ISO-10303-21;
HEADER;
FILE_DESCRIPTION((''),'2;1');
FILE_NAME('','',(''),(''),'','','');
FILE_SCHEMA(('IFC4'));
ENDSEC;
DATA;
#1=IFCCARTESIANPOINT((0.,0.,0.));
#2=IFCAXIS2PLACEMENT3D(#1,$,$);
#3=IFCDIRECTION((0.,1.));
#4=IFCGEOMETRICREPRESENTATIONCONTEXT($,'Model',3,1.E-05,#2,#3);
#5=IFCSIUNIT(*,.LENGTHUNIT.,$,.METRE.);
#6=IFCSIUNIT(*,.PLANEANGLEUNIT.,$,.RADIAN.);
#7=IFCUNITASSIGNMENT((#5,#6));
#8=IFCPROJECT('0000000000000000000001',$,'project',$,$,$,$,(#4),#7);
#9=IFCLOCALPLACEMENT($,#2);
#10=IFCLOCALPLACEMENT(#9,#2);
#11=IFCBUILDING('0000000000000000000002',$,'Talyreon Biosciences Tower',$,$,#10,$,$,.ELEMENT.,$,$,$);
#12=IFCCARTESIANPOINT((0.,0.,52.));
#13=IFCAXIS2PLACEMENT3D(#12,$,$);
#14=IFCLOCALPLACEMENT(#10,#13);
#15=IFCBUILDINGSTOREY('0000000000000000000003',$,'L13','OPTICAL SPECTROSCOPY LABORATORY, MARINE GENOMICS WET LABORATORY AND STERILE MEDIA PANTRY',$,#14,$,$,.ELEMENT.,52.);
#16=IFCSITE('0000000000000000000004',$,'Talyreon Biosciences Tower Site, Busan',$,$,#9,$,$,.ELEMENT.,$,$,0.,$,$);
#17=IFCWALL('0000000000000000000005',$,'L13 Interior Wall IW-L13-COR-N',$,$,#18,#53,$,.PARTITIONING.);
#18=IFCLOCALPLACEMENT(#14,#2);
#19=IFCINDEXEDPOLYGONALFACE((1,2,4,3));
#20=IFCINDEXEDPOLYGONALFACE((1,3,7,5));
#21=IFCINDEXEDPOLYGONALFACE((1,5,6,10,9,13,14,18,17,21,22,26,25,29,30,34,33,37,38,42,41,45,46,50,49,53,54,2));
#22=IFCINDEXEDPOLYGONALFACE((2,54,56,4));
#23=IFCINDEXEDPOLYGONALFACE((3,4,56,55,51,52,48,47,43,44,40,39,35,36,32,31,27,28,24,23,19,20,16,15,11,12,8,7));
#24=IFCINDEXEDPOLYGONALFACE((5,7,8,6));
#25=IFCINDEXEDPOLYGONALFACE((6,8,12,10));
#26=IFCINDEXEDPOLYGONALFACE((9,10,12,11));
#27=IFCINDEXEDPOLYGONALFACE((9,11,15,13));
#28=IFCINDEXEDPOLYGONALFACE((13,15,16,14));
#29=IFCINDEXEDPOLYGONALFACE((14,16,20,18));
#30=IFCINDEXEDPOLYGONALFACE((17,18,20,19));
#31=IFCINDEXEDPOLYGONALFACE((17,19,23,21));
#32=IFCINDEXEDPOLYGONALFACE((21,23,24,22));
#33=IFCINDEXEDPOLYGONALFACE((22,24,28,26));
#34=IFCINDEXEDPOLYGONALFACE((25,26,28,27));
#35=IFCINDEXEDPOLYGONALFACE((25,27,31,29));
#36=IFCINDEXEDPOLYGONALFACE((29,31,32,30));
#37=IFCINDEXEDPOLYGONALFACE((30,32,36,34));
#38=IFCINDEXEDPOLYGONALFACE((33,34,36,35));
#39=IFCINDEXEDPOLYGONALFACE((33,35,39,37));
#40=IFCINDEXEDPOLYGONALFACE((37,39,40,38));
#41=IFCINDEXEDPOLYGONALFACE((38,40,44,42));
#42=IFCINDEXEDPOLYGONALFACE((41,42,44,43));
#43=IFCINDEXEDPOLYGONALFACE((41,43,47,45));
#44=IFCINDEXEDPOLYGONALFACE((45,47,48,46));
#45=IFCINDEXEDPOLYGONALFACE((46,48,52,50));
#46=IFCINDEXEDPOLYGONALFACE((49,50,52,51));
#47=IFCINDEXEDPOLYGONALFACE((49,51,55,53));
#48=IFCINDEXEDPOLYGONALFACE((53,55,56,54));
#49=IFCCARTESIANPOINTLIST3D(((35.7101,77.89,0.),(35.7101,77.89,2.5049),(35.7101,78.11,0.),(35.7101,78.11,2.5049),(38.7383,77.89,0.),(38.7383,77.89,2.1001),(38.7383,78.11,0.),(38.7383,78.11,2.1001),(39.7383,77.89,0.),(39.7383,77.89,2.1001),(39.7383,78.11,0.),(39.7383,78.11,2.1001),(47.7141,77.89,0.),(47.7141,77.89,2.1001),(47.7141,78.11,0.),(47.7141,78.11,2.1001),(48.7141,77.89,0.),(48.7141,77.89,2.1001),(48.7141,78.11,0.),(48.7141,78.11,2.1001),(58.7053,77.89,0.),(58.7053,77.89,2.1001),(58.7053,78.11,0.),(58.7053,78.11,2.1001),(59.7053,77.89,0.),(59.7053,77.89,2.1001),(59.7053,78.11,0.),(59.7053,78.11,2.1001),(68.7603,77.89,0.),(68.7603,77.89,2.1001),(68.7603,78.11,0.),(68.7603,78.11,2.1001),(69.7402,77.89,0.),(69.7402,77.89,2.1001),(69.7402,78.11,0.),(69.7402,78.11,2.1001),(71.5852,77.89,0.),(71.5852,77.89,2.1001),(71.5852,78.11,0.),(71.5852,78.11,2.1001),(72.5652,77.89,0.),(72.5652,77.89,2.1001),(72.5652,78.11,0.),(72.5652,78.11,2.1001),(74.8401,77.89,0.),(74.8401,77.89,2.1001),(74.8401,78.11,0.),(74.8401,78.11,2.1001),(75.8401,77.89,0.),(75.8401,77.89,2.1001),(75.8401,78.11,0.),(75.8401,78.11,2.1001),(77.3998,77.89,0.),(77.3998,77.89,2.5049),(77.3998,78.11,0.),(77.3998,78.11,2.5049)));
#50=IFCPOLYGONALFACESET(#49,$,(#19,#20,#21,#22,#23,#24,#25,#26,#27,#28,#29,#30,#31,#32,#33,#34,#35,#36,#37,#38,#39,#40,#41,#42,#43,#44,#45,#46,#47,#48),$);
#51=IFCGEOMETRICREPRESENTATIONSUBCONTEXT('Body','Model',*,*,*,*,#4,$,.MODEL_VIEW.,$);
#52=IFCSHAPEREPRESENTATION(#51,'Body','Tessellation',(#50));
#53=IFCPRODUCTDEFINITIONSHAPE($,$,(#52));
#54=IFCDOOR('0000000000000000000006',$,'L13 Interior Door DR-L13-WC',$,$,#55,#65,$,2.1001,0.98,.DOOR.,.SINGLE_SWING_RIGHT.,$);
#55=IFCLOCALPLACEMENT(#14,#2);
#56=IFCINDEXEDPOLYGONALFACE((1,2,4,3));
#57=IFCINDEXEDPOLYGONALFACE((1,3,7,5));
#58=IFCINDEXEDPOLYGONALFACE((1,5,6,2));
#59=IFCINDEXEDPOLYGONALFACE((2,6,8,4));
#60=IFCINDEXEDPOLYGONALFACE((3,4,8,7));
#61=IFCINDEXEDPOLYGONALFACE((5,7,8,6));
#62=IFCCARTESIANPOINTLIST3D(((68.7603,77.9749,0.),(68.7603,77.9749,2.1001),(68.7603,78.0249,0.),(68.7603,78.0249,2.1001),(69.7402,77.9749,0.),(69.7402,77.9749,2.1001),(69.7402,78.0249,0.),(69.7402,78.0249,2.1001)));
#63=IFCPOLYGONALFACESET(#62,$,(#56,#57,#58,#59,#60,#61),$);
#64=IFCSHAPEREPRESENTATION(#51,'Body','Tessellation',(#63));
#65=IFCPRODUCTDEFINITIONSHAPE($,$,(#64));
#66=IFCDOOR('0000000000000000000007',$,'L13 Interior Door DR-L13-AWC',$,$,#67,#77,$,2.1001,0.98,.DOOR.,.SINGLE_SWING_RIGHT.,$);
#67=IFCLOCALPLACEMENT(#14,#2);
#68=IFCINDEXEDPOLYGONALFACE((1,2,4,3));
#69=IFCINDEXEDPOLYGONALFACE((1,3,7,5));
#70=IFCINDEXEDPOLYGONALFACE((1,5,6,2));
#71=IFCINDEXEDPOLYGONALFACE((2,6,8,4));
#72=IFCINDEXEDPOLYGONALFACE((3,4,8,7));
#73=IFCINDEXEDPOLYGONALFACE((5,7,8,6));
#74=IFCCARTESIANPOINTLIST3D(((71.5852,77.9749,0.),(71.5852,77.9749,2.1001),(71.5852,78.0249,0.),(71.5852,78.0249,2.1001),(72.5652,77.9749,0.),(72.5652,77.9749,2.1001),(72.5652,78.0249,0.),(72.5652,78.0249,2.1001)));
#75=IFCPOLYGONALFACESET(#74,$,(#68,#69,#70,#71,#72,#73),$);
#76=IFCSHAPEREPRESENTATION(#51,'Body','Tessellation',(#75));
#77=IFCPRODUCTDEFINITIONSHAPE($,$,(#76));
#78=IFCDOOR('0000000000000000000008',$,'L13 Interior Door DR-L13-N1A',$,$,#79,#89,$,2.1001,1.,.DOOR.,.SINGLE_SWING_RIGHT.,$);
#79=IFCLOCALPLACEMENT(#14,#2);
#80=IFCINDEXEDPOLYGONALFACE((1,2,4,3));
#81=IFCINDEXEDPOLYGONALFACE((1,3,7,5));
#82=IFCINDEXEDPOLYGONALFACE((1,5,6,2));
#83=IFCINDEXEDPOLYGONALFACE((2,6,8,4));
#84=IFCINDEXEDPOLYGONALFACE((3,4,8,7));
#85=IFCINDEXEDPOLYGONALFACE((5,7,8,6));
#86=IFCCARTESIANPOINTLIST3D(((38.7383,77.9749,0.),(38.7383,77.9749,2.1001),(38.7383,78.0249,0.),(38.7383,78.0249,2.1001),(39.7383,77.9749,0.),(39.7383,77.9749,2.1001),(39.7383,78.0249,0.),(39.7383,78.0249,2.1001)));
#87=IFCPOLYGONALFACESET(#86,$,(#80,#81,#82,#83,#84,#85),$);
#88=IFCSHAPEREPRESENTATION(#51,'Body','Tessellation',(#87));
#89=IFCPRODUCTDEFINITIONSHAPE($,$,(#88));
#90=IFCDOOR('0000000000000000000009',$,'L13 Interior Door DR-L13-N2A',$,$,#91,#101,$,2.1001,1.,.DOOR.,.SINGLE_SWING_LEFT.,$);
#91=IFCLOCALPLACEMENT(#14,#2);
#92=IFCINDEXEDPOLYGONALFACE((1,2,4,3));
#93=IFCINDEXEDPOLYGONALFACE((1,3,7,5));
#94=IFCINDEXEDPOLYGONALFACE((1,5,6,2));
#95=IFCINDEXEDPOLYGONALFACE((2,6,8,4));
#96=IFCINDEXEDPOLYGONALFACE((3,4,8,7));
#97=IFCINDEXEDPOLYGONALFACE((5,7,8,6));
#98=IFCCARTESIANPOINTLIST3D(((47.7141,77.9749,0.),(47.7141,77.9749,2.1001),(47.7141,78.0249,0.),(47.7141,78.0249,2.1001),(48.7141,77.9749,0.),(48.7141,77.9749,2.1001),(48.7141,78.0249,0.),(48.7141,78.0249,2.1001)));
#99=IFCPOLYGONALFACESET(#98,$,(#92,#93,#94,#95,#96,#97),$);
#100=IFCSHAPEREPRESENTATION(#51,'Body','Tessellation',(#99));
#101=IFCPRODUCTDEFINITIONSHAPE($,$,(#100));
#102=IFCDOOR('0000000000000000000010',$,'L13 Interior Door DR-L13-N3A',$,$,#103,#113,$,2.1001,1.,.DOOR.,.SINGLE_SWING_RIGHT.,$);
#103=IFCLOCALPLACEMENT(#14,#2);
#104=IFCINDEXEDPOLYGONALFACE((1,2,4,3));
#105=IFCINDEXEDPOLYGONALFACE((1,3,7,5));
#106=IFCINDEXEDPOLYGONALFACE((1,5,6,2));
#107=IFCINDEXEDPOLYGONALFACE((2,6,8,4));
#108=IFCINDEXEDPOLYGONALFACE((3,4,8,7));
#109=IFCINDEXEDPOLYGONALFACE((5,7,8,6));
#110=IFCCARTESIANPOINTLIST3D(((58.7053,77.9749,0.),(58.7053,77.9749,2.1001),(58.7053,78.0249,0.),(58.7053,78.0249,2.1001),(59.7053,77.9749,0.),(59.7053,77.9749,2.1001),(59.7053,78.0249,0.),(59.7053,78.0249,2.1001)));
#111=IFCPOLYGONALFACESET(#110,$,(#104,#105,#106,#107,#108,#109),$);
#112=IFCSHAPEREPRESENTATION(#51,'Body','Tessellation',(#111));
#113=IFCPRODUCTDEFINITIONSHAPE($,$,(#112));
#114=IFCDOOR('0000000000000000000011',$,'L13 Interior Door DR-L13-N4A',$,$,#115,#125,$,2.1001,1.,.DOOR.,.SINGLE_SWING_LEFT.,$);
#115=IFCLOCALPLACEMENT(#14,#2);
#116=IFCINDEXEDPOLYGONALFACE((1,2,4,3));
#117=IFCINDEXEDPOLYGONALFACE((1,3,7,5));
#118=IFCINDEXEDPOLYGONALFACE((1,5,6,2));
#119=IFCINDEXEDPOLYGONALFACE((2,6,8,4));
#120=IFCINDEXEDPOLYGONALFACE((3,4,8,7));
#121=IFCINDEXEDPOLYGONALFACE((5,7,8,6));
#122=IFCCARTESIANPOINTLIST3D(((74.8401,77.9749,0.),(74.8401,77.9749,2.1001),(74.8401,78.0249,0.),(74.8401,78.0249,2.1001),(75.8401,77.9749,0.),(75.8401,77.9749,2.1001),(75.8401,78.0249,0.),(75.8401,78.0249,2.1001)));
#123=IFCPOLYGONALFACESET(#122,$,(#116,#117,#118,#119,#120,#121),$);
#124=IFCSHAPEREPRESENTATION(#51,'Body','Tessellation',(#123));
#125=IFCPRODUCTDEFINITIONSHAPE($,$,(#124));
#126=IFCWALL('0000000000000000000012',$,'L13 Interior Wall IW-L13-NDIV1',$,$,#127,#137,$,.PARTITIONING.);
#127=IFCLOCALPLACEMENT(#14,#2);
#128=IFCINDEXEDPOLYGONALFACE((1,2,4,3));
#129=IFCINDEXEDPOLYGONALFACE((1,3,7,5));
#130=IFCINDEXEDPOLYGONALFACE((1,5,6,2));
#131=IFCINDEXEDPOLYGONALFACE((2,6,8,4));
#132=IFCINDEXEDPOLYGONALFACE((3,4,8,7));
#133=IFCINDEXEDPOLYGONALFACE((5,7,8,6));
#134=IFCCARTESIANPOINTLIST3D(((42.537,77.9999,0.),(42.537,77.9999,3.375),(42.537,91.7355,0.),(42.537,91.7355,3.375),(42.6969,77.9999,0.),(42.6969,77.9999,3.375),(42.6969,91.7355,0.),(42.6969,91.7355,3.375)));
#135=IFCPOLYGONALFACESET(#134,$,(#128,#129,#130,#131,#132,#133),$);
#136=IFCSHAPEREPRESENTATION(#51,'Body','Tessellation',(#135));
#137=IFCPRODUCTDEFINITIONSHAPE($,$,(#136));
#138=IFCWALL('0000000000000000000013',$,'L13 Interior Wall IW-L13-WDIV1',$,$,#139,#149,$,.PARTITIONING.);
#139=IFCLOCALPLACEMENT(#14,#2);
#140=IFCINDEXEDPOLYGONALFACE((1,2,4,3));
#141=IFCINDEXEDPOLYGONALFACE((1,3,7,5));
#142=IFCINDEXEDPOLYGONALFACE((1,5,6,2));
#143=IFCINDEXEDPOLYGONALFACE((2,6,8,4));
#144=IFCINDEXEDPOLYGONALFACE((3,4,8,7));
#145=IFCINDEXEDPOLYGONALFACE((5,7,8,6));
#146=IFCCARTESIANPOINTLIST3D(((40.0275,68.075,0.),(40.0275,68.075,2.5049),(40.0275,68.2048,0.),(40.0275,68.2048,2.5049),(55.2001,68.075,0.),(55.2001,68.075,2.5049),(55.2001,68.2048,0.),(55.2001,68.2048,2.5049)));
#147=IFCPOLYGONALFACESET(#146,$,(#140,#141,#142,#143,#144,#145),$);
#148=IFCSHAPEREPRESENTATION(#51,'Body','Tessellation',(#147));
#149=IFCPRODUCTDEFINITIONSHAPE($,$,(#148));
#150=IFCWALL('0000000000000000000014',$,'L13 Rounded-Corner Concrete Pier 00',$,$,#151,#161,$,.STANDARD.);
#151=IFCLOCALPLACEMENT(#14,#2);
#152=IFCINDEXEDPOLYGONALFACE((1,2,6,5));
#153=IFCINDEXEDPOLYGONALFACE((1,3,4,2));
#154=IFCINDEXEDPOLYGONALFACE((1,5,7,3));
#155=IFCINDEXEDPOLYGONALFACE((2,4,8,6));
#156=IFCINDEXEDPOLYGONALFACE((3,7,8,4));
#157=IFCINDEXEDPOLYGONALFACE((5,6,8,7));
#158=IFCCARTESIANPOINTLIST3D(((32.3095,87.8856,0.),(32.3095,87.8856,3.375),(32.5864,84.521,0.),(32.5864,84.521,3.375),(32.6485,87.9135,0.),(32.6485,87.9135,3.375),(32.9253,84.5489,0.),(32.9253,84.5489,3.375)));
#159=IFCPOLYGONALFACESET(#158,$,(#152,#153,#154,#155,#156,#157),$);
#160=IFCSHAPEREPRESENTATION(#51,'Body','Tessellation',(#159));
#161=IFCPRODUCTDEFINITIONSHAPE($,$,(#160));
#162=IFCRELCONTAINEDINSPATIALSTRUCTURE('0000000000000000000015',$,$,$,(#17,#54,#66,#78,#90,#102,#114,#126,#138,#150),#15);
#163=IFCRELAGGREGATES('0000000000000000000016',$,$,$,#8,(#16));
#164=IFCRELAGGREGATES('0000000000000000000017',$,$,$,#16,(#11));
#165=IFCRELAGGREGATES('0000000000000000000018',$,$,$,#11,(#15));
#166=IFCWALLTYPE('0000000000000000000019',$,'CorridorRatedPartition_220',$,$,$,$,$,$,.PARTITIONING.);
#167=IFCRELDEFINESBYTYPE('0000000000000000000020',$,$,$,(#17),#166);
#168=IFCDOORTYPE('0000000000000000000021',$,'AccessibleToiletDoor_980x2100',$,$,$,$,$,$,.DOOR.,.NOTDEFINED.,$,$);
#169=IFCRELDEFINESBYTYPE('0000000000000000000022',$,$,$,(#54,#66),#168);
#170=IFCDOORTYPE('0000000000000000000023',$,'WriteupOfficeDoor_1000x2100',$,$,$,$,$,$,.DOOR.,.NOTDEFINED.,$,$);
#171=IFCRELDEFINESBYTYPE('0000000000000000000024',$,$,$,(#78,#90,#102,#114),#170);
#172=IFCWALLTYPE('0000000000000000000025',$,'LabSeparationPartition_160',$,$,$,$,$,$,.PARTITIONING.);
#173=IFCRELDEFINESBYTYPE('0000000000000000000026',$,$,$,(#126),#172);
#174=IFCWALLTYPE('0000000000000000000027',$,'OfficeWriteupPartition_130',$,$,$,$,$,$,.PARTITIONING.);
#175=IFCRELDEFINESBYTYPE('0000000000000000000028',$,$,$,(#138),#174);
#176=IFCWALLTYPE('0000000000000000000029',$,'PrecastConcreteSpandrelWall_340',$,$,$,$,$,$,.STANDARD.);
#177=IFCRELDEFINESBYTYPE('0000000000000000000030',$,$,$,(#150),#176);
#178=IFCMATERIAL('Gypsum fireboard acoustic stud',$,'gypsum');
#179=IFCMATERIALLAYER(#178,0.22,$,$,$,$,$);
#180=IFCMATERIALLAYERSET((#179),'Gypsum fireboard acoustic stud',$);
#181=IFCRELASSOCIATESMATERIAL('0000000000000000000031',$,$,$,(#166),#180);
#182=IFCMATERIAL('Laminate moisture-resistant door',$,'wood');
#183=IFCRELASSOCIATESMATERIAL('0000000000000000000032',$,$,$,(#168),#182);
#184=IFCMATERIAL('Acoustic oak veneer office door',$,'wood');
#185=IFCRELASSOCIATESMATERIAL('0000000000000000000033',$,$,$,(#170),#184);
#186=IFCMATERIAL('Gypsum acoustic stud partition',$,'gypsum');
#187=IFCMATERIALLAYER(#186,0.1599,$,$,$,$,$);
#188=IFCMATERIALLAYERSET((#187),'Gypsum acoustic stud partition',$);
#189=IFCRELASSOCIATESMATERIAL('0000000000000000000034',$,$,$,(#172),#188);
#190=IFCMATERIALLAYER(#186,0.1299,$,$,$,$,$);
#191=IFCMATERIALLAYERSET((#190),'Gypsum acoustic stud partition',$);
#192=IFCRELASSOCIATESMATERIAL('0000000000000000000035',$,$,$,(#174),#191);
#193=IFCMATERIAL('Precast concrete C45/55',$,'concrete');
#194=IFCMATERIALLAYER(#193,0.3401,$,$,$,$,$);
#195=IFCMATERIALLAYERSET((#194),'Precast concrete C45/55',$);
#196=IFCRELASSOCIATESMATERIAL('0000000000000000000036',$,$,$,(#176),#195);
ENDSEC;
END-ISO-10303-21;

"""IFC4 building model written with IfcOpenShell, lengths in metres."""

from ifc_helpers import new_model, si_unit, direction, frame, frame_2d, origin, place, context, subcontext, project, spatial, rectangle, extrude, material, layer, layer_set, type_object, element, fill, save


model = new_model("IFC4")

# Units and contexts
model_context = context("Model", 3, precision=1e-05, world=origin(), true_north=direction((0.0, 1.0)))
body_context = subcontext(model_context, "Body", "Model", "MODEL_VIEW")
ifc_project = project(units=[si_unit("LENGTHUNIT", "METRE"), si_unit("PLANEANGLEUNIT", "RADIAN")], contexts=[model_context])

# Site, building, storey
site_placement = place(None, origin())
site = spatial("IfcSite", under=ifc_project, at=site_placement, Name="Talyreon Biosciences Tower Site, Busan", CompositionType="ELEMENT", RefElevation=0.0)
building_placement = place(site_placement, origin())
building = spatial("IfcBuilding", under=site, at=building_placement, Name="Talyreon Biosciences Tower", CompositionType="ELEMENT")
storey_placement = place(building_placement, frame((0.0, 0.0, 52.0)))
storey = spatial("IfcBuildingStorey", under=building, at=storey_placement, Name="L13", Description="OPTICAL SPECTROSCOPY LABORATORY, MARINE GENOMICS WET LABORATORY AND STERILE MEDIA PANTRY", CompositionType="ELEMENT", Elevation=52.0)

# Shared definitions
ifc_material_1 = material(Name="Precast concrete C45/55", Category="concrete")

# Wall, openings, doors
ifc_material_2 = material(Name="Gypsum fireboard acoustic stud", Category="gypsum")
ifc_layer_1 = layer(ifc_material_2, 0.22)
ifc_layer_set_1 = layer_set([ifc_layer_1], Name="Gypsum fireboard acoustic stud")
wall_type_1 = type_object("IfcWallType", Name="CorridorRatedPartition_220", PredefinedType="PARTITIONING", material=ifc_layer_set_1)
wall_1_placement = place(storey_placement, frame((35.7102, 78.0, 0.0), z_axis=(0.0, 0.0, 1.0), x_axis=(1.0, 0.0, 0.0)))
wall_1 = element("IfcWall", 1, at=wall_1_placement, inside=storey, type_object=wall_type_1, Name="L13 Interior Wall IW-L13-COR-N", PredefinedType="PARTITIONING", context=body_context, shape_type="SweptSolid", body=[
    extrude(rectangle(XDim=41.6897, YDim=0.22, at=frame_2d((20.8447, 0.0))), origin(), (0.0, 0.0, 1.0), 2.5049),
])
opening_1_placement = place(wall_1_placement, frame((33.05, 0.0, 0.0)))
opening_1 = element("IfcOpeningElement", 2, at=opening_1_placement, cuts=wall_1, PredefinedType="OPENING", context=body_context, shape_type="SweptSolid", body=[
    extrude(rectangle(XDim=0.98, YDim=2.1001, at=frame_2d((0.49, 1.05))), frame((0.0, 0.1199, 0.0), z_axis=(0.0, -1.0, 0.0), x_axis=(1.0, 0.0, 0.0)), (0.0, 0.0, 1.0), 0.24),
])
opening_2_placement = place(wall_1_placement, frame((35.875, 0.0, 0.0)))
opening_2 = element("IfcOpeningElement", 3, at=opening_2_placement, cuts=wall_1, PredefinedType="OPENING", context=body_context, shape_type="SweptSolid", body=[
    extrude(rectangle(XDim=0.98, YDim=2.1001, at=frame_2d((0.49, 1.05))), frame((0.0, 0.1199, 0.0), z_axis=(0.0, -1.0, 0.0), x_axis=(1.0, 0.0, 0.0)), (0.0, 0.0, 1.0), 0.24),
])
opening_3_placement = place(wall_1_placement, frame((3.0281, 0.0, 0.0)))
opening_3 = element("IfcOpeningElement", 4, at=opening_3_placement, cuts=wall_1, PredefinedType="OPENING", context=body_context, shape_type="SweptSolid", body=[
    extrude(rectangle(XDim=1.0, YDim=2.1001, at=frame_2d((0.5, 1.05))), frame((0.0, 0.1199, 0.0), z_axis=(0.0, -1.0, 0.0), x_axis=(1.0, 0.0, 0.0)), (0.0, 0.0, 1.0), 0.24),
])
opening_4_placement = place(wall_1_placement, frame((12.0039, 0.0, 0.0)))
opening_4 = element("IfcOpeningElement", 5, at=opening_4_placement, cuts=wall_1, PredefinedType="OPENING", context=body_context, shape_type="SweptSolid", body=[
    extrude(rectangle(XDim=1.0, YDim=2.1001, at=frame_2d((0.5, 1.05))), frame((0.0, 0.1199, 0.0), z_axis=(0.0, -1.0, 0.0), x_axis=(1.0, 0.0, 0.0)), (0.0, 0.0, 1.0), 0.24),
])
opening_5_placement = place(wall_1_placement, frame((22.9951, 0.0, 0.0)))
opening_5 = element("IfcOpeningElement", 6, at=opening_5_placement, cuts=wall_1, PredefinedType="OPENING", context=body_context, shape_type="SweptSolid", body=[
    extrude(rectangle(XDim=1.0, YDim=2.1001, at=frame_2d((0.5, 1.05))), frame((0.0, 0.1199, 0.0), z_axis=(0.0, -1.0, 0.0), x_axis=(1.0, 0.0, 0.0)), (0.0, 0.0, 1.0), 0.24),
])
opening_6_placement = place(wall_1_placement, frame((39.1299, 0.0, 0.0)))
opening_6 = element("IfcOpeningElement", 7, at=opening_6_placement, cuts=wall_1, PredefinedType="OPENING", context=body_context, shape_type="SweptSolid", body=[
    extrude(rectangle(XDim=1.0, YDim=2.1001, at=frame_2d((0.5, 1.05))), frame((0.0, 0.1199, 0.0), z_axis=(0.0, -1.0, 0.0), x_axis=(1.0, 0.0, 0.0)), (0.0, 0.0, 1.0), 0.24),
])
ifc_material_3 = material(Name="Laminate moisture-resistant door", Category="wood")
door_type_1 = type_object("IfcDoorType", Name="AccessibleToiletDoor_980x2100", OperationType="NOTDEFINED", PredefinedType="DOOR", material=ifc_material_3)
door_1_placement = place(opening_1_placement, origin())
door_1 = element("IfcDoor", 8, at=door_1_placement, inside=storey, type_object=door_type_1, Name="L13 Interior Door DR-L13-WC", OperationType="SINGLE_SWING_RIGHT", OverallHeight=2.1001, OverallWidth=0.98, PredefinedType="DOOR", context=body_context, shape_type="SweptSolid", body=[
    extrude(rectangle(XDim=0.98, YDim=2.1001, at=frame_2d((0.49, 1.05))), frame((0.0, 0.0249, 0.0), z_axis=(0.0, -1.0, 0.0), x_axis=(1.0, 0.0, 0.0)), (0.0, 0.0, 1.0), 0.05),
])
fill(opening_1, door_1)
door_2_placement = place(opening_2_placement, origin())
door_2 = element("IfcDoor", 9, at=door_2_placement, inside=storey, type_object=door_type_1, Name="L13 Interior Door DR-L13-AWC", OperationType="SINGLE_SWING_RIGHT", OverallHeight=2.1001, OverallWidth=0.98, PredefinedType="DOOR", context=body_context, shape_type="SweptSolid", body=[
    extrude(rectangle(XDim=0.98, YDim=2.1001, at=frame_2d((0.49, 1.05))), frame((0.0, 0.0249, 0.0), z_axis=(0.0, -1.0, 0.0), x_axis=(1.0, 0.0, 0.0)), (0.0, 0.0, 1.0), 0.05),
])
fill(opening_2, door_2)
ifc_material_4 = material(Name="Acoustic oak veneer office door", Category="wood")
door_type_2 = type_object("IfcDoorType", Name="WriteupOfficeDoor_1000x2100", OperationType="NOTDEFINED", PredefinedType="DOOR", material=ifc_material_4)
door_3_placement = place(opening_3_placement, origin())
door_3 = element("IfcDoor", 10, at=door_3_placement, inside=storey, type_object=door_type_2, Name="L13 Interior Door DR-L13-N1A", OperationType="SINGLE_SWING_RIGHT", OverallHeight=2.1001, OverallWidth=1.0, PredefinedType="DOOR", context=body_context, shape_type="SweptSolid", body=[
    extrude(rectangle(XDim=1.0, YDim=2.1001, at=frame_2d((0.5, 1.05))), frame((0.0, 0.0249, 0.0), z_axis=(0.0, -1.0, 0.0), x_axis=(1.0, 0.0, 0.0)), (0.0, 0.0, 1.0), 0.05),
])
fill(opening_3, door_3)
door_4_placement = place(opening_4_placement, origin())
door_4 = element("IfcDoor", 11, at=door_4_placement, inside=storey, type_object=door_type_2, Name="L13 Interior Door DR-L13-N2A", OperationType="SINGLE_SWING_LEFT", OverallHeight=2.1001, OverallWidth=1.0, PredefinedType="DOOR", context=body_context, shape_type="SweptSolid", body=[
    extrude(rectangle(XDim=1.0, YDim=2.1001, at=frame_2d((0.5, 1.05))), frame((0.0, 0.0249, 0.0), z_axis=(0.0, -1.0, 0.0), x_axis=(1.0, 0.0, 0.0)), (0.0, 0.0, 1.0), 0.05),
])
fill(opening_4, door_4)
door_5_placement = place(opening_5_placement, origin())
door_5 = element("IfcDoor", 12, at=door_5_placement, inside=storey, type_object=door_type_2, Name="L13 Interior Door DR-L13-N3A", OperationType="SINGLE_SWING_RIGHT", OverallHeight=2.1001, OverallWidth=1.0, PredefinedType="DOOR", context=body_context, shape_type="SweptSolid", body=[
    extrude(rectangle(XDim=1.0, YDim=2.1001, at=frame_2d((0.5, 1.05))), frame((0.0, 0.0249, 0.0), z_axis=(0.0, -1.0, 0.0), x_axis=(1.0, 0.0, 0.0)), (0.0, 0.0, 1.0), 0.05),
])
fill(opening_5, door_5)
door_6_placement = place(opening_6_placement, origin())
door_6 = element("IfcDoor", 13, at=door_6_placement, inside=storey, type_object=door_type_2, Name="L13 Interior Door DR-L13-N4A", OperationType="SINGLE_SWING_LEFT", OverallHeight=2.1001, OverallWidth=1.0, PredefinedType="DOOR", context=body_context, shape_type="SweptSolid", body=[
    extrude(rectangle(XDim=1.0, YDim=2.1001, at=frame_2d((0.5, 1.05))), frame((0.0, 0.0249, 0.0), z_axis=(0.0, -1.0, 0.0), x_axis=(1.0, 0.0, 0.0)), (0.0, 0.0, 1.0), 0.05),
])
fill(opening_6, door_6)

# Walls
ifc_material_5 = material(Name="Gypsum acoustic stud partition", Category="gypsum")
ifc_layer_2 = layer(ifc_material_5, 0.1599)
ifc_layer_set_2 = layer_set([ifc_layer_2], Name="Gypsum acoustic stud partition")
wall_type_2 = type_object("IfcWallType", Name="LabSeparationPartition_160", PredefinedType="PARTITIONING", material=ifc_layer_set_2)
wall_2_placement = place(storey_placement, frame((42.6169, 78.0, 0.0), z_axis=(0.0, 0.0, 1.0), x_axis=(0.0, 1.0, 0.0)))
element("IfcWall", 14, at=wall_2_placement, inside=storey, type_object=wall_type_2, Name="L13 Interior Wall IW-L13-NDIV1", PredefinedType="PARTITIONING", context=body_context, shape_type="SweptSolid", body=[
    extrude(rectangle(XDim=13.7356, YDim=0.1599, at=frame_2d((6.8677, 0.0))), origin(), (0.0, 0.0, 1.0), 3.375),
])
ifc_layer_3 = layer(ifc_material_5, 0.1299)
ifc_layer_set_3 = layer_set([ifc_layer_3], Name="Gypsum acoustic stud partition")
wall_type_3 = type_object("IfcWallType", Name="OfficeWriteupPartition_130", PredefinedType="PARTITIONING", material=ifc_layer_set_3)
wall_3_placement = place(storey_placement, frame((40.0273, 68.1399, 0.0), z_axis=(0.0, 0.0, 1.0), x_axis=(1.0, 0.0, 0.0)))
element("IfcWall", 15, at=wall_3_placement, inside=storey, type_object=wall_type_3, Name="L13 Interior Wall IW-L13-WDIV1", PredefinedType="PARTITIONING", context=body_context, shape_type="SweptSolid", body=[
    extrude(rectangle(XDim=15.1726, YDim=0.1299, at=frame_2d((7.5864, 0.0))), origin(), (0.0, 0.0, 1.0), 2.5049),
])
ifc_layer_4 = layer(ifc_material_1, 0.3401)
ifc_layer_set_4 = layer_set([ifc_layer_4], Name="Precast concrete C45/55")
wall_type_4 = type_object("IfcWallType", Name="PrecastConcreteSpandrelWall_340", PredefinedType="STANDARD", material=ifc_layer_set_4)
wall_4_placement = place(storey_placement, frame((32.7559, 84.5349, 0.0), z_axis=(0.0, 0.0, 1.0), x_axis=(-0.08201, 0.996632, 0.0)))
element("IfcWall", 16, at=wall_4_placement, inside=storey, type_object=wall_type_4, Name="L13 Rounded-Corner Concrete Pier 00", PredefinedType="STANDARD", context=body_context, shape_type="SweptSolid", body=[
    extrude(rectangle(XDim=3.376, YDim=0.3401, at=frame_2d((1.688, 0.0))), origin(), (0.0, 0.0, 1.0), 3.375),
])

save(model, "model.ifc")
